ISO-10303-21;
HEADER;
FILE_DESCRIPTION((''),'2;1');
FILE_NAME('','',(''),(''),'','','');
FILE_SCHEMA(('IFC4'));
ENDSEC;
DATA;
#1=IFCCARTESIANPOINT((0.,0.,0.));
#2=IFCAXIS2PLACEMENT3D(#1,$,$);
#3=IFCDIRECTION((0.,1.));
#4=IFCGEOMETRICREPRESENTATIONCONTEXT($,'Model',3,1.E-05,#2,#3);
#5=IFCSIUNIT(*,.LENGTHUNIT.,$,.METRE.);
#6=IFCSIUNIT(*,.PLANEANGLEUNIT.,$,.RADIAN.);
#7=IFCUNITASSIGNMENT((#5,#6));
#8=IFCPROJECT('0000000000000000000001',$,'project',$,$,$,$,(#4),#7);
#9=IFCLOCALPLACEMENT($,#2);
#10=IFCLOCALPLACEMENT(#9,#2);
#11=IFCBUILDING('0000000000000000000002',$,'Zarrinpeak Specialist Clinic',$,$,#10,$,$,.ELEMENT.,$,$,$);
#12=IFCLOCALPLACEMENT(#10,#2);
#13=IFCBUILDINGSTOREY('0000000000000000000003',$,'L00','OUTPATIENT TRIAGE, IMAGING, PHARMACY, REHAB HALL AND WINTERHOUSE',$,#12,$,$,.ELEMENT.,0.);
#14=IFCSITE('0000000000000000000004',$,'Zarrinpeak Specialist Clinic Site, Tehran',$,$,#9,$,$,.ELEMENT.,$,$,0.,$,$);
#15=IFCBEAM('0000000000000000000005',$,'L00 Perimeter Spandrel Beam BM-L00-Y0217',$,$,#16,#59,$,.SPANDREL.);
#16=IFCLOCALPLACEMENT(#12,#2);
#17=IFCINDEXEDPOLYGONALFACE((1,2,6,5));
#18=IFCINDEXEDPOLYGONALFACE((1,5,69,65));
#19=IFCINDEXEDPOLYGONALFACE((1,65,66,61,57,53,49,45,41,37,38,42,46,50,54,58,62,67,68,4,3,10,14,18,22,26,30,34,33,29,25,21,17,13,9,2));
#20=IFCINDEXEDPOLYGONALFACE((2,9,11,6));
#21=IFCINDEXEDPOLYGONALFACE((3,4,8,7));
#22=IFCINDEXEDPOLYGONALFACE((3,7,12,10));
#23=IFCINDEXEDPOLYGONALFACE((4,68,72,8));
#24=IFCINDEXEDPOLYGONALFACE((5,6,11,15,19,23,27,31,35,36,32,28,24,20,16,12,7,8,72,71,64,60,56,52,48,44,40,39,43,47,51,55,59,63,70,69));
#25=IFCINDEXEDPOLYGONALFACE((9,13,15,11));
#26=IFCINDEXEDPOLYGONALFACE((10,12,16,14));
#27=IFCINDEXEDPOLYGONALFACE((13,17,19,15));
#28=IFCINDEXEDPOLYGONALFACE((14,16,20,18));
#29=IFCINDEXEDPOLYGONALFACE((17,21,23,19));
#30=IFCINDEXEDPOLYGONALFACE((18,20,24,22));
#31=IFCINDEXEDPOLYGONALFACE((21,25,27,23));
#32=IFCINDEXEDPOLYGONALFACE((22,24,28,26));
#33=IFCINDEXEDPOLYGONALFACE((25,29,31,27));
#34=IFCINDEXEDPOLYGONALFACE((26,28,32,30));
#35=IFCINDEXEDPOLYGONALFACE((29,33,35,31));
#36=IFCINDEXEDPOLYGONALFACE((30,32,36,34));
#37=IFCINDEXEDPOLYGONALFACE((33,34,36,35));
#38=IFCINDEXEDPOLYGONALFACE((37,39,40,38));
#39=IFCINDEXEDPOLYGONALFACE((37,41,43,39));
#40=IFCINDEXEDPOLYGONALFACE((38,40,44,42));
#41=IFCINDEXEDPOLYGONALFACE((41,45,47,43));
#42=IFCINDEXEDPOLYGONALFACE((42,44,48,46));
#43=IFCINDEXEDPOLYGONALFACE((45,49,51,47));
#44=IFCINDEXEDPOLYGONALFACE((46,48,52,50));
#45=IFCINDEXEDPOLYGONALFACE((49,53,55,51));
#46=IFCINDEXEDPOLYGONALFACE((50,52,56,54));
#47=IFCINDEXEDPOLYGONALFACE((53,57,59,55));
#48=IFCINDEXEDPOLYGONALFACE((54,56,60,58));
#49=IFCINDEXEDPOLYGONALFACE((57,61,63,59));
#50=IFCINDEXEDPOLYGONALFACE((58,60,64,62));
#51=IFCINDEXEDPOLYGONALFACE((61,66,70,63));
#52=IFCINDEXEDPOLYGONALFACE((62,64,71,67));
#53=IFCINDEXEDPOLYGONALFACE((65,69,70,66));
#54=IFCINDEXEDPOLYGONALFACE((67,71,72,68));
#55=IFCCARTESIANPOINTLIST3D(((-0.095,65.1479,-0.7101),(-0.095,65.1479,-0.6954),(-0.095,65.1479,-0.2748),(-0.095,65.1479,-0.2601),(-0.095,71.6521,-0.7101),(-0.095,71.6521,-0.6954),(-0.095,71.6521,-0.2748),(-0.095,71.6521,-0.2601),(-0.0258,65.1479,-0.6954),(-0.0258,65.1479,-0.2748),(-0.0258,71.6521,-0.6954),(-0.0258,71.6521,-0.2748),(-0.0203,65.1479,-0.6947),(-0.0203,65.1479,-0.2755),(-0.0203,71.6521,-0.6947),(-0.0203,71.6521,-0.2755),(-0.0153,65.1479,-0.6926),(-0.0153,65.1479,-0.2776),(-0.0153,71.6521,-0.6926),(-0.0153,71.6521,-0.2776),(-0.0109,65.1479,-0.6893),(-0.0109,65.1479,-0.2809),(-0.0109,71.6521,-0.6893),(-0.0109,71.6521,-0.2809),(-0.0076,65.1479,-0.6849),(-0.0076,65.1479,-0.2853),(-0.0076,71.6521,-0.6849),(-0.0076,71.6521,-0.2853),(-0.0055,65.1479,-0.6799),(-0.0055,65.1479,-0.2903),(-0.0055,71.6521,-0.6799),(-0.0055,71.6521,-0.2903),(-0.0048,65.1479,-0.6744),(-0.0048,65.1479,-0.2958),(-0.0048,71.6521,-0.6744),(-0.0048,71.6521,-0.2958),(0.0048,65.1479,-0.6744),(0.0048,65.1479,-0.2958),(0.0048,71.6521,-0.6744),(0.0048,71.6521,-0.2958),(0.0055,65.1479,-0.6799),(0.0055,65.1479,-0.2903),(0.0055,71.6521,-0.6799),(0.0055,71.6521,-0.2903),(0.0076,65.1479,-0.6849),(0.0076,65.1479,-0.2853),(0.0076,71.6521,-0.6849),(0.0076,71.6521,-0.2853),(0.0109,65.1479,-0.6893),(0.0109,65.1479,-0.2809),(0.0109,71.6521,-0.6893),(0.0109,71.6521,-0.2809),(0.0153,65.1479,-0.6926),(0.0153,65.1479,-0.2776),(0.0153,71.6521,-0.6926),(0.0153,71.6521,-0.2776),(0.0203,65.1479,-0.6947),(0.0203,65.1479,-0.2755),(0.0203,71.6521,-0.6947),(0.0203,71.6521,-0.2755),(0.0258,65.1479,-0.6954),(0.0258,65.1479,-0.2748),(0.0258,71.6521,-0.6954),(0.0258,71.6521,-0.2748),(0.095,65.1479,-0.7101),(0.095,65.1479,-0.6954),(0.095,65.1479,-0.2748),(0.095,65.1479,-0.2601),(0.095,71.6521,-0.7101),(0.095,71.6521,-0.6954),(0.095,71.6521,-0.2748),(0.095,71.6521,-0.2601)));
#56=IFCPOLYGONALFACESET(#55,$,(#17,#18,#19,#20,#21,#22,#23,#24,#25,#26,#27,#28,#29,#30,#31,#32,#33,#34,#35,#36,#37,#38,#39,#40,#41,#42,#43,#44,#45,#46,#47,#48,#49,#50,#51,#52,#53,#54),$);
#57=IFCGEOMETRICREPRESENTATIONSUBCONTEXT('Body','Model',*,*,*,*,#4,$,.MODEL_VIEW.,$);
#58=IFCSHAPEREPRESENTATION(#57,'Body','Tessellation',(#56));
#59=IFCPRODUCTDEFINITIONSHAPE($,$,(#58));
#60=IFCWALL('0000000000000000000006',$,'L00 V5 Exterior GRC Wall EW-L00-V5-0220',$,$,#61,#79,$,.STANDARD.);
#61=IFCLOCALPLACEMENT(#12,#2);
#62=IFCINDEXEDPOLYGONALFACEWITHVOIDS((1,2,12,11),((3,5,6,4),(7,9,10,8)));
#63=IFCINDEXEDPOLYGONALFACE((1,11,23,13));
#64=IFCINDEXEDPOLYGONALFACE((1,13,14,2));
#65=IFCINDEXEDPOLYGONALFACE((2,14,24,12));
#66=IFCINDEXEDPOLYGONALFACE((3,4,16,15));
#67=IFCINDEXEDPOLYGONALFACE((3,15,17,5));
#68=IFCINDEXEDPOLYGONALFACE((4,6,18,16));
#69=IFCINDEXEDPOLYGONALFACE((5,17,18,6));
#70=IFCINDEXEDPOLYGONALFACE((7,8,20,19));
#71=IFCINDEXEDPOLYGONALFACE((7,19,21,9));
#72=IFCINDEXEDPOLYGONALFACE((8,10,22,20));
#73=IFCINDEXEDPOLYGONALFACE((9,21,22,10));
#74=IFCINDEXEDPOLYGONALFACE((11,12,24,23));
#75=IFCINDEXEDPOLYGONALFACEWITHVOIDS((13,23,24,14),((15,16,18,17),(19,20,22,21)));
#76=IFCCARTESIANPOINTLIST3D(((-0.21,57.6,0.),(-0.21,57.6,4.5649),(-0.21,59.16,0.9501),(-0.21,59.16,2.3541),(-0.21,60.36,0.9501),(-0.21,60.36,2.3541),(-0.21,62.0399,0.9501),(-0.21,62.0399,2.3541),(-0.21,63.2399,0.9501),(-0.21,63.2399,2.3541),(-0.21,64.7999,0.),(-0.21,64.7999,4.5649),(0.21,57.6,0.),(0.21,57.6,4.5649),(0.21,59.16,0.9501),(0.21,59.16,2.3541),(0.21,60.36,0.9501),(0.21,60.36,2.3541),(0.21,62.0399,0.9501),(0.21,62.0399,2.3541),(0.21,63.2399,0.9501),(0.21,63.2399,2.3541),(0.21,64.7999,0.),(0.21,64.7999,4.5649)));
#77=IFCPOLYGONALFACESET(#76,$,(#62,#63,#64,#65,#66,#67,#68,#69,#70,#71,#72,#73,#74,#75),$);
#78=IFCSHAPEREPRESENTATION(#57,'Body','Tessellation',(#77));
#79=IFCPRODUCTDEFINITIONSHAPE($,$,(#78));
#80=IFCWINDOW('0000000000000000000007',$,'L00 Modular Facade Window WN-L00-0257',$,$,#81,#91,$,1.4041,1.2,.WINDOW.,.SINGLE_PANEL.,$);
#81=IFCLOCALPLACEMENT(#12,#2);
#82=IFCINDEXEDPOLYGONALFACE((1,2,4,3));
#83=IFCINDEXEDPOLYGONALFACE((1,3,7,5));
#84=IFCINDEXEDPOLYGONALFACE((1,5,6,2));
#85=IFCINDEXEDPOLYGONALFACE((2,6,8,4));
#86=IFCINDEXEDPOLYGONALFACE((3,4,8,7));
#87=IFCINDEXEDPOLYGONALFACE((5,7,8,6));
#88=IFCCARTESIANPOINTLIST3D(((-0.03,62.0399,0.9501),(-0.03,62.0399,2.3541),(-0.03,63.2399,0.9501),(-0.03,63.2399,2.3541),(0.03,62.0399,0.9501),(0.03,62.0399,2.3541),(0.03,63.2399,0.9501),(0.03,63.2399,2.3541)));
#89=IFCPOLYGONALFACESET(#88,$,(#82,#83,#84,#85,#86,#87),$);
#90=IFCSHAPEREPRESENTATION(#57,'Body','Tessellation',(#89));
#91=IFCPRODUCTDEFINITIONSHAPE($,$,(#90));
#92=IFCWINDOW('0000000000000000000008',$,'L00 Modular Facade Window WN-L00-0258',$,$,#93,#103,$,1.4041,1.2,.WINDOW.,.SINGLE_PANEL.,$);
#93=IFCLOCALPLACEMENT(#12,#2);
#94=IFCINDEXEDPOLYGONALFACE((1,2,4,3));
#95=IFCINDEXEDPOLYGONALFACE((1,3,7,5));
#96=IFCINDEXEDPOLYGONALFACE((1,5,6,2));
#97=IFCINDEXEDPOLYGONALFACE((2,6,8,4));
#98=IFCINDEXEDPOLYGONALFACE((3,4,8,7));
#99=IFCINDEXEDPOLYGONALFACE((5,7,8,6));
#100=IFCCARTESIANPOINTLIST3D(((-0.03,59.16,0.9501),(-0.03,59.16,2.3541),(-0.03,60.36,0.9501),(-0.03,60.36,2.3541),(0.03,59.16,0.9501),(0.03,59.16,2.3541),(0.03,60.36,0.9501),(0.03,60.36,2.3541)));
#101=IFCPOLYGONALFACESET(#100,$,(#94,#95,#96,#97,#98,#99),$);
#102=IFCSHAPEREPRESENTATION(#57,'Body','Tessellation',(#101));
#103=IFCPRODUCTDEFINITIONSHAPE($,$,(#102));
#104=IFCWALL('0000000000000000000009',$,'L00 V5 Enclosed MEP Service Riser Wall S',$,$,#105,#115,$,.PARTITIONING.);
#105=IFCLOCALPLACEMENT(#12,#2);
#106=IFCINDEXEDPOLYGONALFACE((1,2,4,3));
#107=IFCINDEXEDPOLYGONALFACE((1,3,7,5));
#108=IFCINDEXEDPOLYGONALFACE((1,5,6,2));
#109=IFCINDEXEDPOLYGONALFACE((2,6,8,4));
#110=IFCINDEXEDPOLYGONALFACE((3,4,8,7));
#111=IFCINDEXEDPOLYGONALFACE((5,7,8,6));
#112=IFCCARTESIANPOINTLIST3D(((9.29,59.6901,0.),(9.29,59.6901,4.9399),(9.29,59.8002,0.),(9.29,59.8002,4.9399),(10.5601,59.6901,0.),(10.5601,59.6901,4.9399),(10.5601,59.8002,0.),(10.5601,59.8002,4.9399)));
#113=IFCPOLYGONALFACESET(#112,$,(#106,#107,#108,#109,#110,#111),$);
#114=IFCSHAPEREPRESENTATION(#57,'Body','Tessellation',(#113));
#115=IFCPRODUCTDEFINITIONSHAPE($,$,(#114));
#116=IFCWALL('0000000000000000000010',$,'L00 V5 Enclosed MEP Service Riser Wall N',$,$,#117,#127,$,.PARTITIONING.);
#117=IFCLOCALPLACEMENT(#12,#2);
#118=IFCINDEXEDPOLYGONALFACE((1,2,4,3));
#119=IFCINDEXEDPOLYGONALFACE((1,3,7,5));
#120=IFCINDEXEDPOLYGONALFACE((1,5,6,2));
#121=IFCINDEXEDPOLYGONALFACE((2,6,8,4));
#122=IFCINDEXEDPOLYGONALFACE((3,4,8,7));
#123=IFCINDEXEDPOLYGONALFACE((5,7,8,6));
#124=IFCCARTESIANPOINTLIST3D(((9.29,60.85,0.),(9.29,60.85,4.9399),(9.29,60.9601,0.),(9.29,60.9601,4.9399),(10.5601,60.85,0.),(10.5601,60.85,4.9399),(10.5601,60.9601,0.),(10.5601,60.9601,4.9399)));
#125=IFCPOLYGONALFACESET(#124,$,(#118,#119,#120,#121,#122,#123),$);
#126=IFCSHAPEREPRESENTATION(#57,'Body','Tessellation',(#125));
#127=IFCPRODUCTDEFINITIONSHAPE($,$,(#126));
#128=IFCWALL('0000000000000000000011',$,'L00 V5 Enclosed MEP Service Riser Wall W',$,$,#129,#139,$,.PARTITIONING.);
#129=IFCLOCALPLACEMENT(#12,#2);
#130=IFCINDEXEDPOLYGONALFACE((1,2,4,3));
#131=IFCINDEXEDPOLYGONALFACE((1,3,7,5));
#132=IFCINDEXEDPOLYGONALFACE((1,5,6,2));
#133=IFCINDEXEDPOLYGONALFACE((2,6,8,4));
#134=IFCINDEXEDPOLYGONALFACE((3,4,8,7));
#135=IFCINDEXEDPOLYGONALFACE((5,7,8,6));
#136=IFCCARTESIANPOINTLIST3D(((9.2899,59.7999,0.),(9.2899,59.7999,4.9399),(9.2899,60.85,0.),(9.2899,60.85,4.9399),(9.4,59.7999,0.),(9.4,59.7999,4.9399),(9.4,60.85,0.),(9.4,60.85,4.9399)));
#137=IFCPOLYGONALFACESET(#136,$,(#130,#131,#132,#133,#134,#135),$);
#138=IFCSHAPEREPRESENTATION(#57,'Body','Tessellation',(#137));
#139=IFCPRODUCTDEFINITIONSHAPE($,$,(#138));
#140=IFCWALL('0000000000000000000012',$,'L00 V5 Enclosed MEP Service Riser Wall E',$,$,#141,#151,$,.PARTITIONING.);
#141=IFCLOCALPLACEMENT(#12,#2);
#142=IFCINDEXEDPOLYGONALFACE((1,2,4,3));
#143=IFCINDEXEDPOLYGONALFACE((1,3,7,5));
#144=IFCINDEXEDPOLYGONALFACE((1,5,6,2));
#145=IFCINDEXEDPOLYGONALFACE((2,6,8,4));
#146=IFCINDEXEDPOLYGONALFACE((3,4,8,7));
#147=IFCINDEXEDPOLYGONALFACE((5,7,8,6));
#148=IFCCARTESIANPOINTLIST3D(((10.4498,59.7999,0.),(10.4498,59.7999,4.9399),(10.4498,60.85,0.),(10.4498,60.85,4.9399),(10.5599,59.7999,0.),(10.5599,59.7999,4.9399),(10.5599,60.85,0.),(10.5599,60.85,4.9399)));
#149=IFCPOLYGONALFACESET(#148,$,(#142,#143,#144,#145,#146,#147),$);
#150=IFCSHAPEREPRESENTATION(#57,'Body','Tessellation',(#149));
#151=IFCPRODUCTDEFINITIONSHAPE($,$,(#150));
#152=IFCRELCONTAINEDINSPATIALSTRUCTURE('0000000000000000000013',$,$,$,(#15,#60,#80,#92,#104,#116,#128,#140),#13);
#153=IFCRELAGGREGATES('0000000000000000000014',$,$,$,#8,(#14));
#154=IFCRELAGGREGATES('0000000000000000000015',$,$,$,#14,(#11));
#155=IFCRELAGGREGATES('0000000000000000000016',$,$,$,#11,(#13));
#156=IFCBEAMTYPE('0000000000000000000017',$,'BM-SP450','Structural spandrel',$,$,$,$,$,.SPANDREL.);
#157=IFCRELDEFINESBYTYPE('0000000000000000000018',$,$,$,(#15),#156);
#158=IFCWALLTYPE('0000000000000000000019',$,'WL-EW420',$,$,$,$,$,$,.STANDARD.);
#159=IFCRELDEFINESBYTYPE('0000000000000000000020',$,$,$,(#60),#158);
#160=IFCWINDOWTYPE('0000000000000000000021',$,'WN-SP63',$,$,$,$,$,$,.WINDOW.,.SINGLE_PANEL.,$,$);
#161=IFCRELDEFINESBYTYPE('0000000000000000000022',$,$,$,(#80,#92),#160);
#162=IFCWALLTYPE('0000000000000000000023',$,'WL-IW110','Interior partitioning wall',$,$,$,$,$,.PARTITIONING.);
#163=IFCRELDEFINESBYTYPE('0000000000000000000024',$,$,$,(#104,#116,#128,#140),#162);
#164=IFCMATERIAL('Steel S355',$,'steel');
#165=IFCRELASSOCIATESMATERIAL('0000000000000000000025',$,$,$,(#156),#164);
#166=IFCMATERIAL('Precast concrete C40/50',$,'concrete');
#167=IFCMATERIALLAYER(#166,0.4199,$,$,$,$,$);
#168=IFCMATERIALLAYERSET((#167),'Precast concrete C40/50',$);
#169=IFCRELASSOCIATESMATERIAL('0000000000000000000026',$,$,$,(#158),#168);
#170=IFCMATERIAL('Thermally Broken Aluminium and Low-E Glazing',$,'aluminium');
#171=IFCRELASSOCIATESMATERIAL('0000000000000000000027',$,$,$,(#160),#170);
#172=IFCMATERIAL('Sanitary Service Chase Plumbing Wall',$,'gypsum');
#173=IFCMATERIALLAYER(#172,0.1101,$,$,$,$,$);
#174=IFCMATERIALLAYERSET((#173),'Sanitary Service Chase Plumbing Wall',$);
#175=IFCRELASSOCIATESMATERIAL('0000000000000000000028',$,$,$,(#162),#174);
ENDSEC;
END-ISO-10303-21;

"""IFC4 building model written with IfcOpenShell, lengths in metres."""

from ifc_helpers import new_model, si_unit, direction, frame, frame_2d, origin, origin_2d, place, context, subcontext, project, spatial, rectangle, i_section, extrude, material, layer, layer_set, material_profile, profile_set, type_object, element, fill, save


model = new_model("IFC4")

# Units and contexts
model_context = context("Model", 3, precision=1e-05, world=origin(), true_north=direction((0.0, 1.0)))
body_context = subcontext(model_context, "Body", "Model", "MODEL_VIEW")
ifc_project = project(units=[si_unit("LENGTHUNIT", "METRE"), si_unit("PLANEANGLEUNIT", "RADIAN")], contexts=[model_context])

# Site, building, storey
site_placement = place(None, origin())
site = spatial("IfcSite", under=ifc_project, at=site_placement, Name="Zarrinpeak Specialist Clinic Site, Tehran", CompositionType="ELEMENT", RefElevation=0.0)
building_placement = place(site_placement, origin())
building = spatial("IfcBuilding", under=site, at=building_placement, Name="Zarrinpeak Specialist Clinic", CompositionType="ELEMENT")
storey_placement = place(building_placement, origin())
storey = spatial("IfcBuildingStorey", under=building, at=storey_placement, Name="L00", Description="OUTPATIENT TRIAGE, IMAGING, PHARMACY, REHAB HALL AND WINTERHOUSE", CompositionType="ELEMENT", Elevation=0.0)

# Shared definitions
ifc_material_1 = material(Name="Steel S355", Category="steel")

# Beam
ifc_material_profile_1 = material_profile(ifc_material_1, i_section(OverallWidth=0.1899, OverallDepth=0.45, WebThickness=0.0095, FlangeThickness=0.0146, FilletRadius=0.021, at=origin_2d()), Name="IPE 450")
ifc_profile_set_1 = profile_set([ifc_material_profile_1], Name="Steel S355")
beam_type_1 = type_object("IfcBeamType", Name="BM-SP450", Description="Structural spandrel", PredefinedType="SPANDREL", material=ifc_profile_set_1)
beam_1_placement = place(storey_placement, frame((0.0, 65.1479, -0.4851), z_axis=(0.0, 1.0, 0.0), x_axis=(-1.0, 0.0, 0.0)))
element("IfcBeam", 1, at=beam_1_placement, inside=storey, type_object=beam_type_1, Name="L00 Perimeter Spandrel Beam BM-L00-Y0217", PredefinedType="SPANDREL", context=body_context, shape_type="SweptSolid", body=[
    extrude(i_section(OverallWidth=0.1899, OverallDepth=0.45, WebThickness=0.0095, FlangeThickness=0.0146, FilletRadius=0.021, at=origin_2d()), origin(), (0.0, 0.0, 1.0), 6.5042),
])

# Wall, openings, windows
ifc_material_2 = material(Name="Precast concrete C40/50", Category="concrete")
ifc_layer_1 = layer(ifc_material_2, 0.4199)
ifc_layer_set_1 = layer_set([ifc_layer_1], Name="Precast concrete C40/50")
wall_type_1 = type_object("IfcWallType", Name="WL-EW420", PredefinedType="STANDARD", material=ifc_layer_set_1)
wall_1_placement = place(storey_placement, frame((0.0, 64.8, 0.0), z_axis=(0.0, 0.0, 1.0), x_axis=(0.0, -1.0, 0.0)))
wall_1 = element("IfcWall", 2, at=wall_1_placement, inside=storey, type_object=wall_type_1, Name="L00 V5 Exterior GRC Wall EW-L00-V5-0220", PredefinedType="STANDARD", context=body_context, shape_type="SweptSolid", body=[
    extrude(rectangle(XDim=7.2, YDim=0.4199, at=frame_2d((3.6001, 0.0))), origin(), (0.0, 0.0, 1.0), 4.5649),
])
opening_1_placement = place(wall_1_placement, frame((1.5601, 0.0, 0.95)))
opening_1 = element("IfcOpeningElement", 3, at=opening_1_placement, cuts=wall_1, PredefinedType="OPENING", context=body_context, shape_type="SweptSolid", body=[
    extrude(rectangle(XDim=1.2, YDim=1.4041, at=frame_2d((0.6001, 0.7021))), frame((0.0, 0.22, 0.0), z_axis=(0.0, -1.0, 0.0), x_axis=(1.0, 0.0, 0.0)), (0.0, 0.0, 1.0), 0.4399),
])
opening_2_placement = place(wall_1_placement, frame((4.4399, 0.0, 0.95)))
opening_2 = element("IfcOpeningElement", 4, at=opening_2_placement, cuts=wall_1, PredefinedType="OPENING", context=body_context, shape_type="SweptSolid", body=[
    extrude(rectangle(XDim=1.2, YDim=1.4041, at=frame_2d((0.6001, 0.7021))), frame((0.0, 0.22, 0.0), z_axis=(0.0, -1.0, 0.0), x_axis=(1.0, 0.0, 0.0)), (0.0, 0.0, 1.0), 0.4399),
])
ifc_material_3 = material(Name="Thermally Broken Aluminium and Low-E Glazing", Category="aluminium")
window_type = type_object("IfcWindowType", Name="WN-SP63", PartitioningType="SINGLE_PANEL", PredefinedType="WINDOW", material=ifc_material_3)
window_1_placement = place(opening_1_placement, origin())
window_1 = element("IfcWindow", 5, at=window_1_placement, inside=storey, type_object=window_type, Name="L00 Modular Facade Window WN-L00-0257", OverallHeight=1.4041, OverallWidth=1.2, PartitioningType="SINGLE_PANEL", PredefinedType="WINDOW", context=body_context, shape_type="SweptSolid", body=[
    extrude(rectangle(XDim=1.2, YDim=1.4041, at=frame_2d((0.6001, 0.7021))), frame((0.0, 0.03, 0.0), z_axis=(0.0, -1.0, 0.0), x_axis=(1.0, 0.0, 0.0)), (0.0, 0.0, 1.0), 0.0601),
])
fill(opening_1, window_1)
window_2_placement = place(opening_2_placement, origin())
window_2 = element("IfcWindow", 6, at=window_2_placement, inside=storey, type_object=window_type, Name="L00 Modular Facade Window WN-L00-0258", OverallHeight=1.4041, OverallWidth=1.2, PartitioningType="SINGLE_PANEL", PredefinedType="WINDOW", context=body_context, shape_type="SweptSolid", body=[
    extrude(rectangle(XDim=1.2, YDim=1.4041, at=frame_2d((0.6001, 0.7021))), frame((0.0, 0.03, 0.0), z_axis=(0.0, -1.0, 0.0), x_axis=(1.0, 0.0, 0.0)), (0.0, 0.0, 1.0), 0.0601),
])
fill(opening_2, window_2)

# Walls
ifc_material_4 = material(Name="Sanitary Service Chase Plumbing Wall", Category="gypsum")
ifc_layer_2 = layer(ifc_material_4, 0.1101)
ifc_layer_set_2 = layer_set([ifc_layer_2], Name="Sanitary Service Chase Plumbing Wall")
wall_type_2 = type_object("IfcWallType", Name="WL-IW110", Description="Interior partitioning wall", PredefinedType="PARTITIONING", material=ifc_layer_set_2)
for number, where, z_axis, x_axis, name in (
    (7, (9.29, 59.7451, 0.0), (0.0, 0.0, 1.0), (1.0, 0.0, 0.0), "L00 V5 Enclosed MEP Service Riser Wall S"),
    (8, (9.29, 60.905, 0.0), (0.0, 0.0, 1.0), (1.0, 0.0, 0.0), "L00 V5 Enclosed MEP Service Riser Wall N"),
):
    element("IfcWall", number, at=place(storey_placement, frame(where, z_axis=z_axis, x_axis=x_axis)), inside=storey, type_object=wall_type_2, Name=name, PredefinedType="PARTITIONING", context=body_context, shape_type="SweptSolid", body=[
        extrude(rectangle(XDim=1.27, YDim=0.1101, at=frame_2d((0.635, 0.0))), origin(), (0.0, 0.0, 1.0), 4.9399),
    ])
for number, where, z_axis, x_axis, name in (
    (9, (9.345, 59.8, 0.0), (0.0, 0.0, 1.0), (0.0, 1.0, 0.0), "L00 V5 Enclosed MEP Service Riser Wall W"),
    (10, (10.5049, 59.8, 0.0), (0.0, 0.0, 1.0), (0.0, 1.0, 0.0), "L00 V5 Enclosed MEP Service Riser Wall E"),
):
    element("IfcWall", number, at=place(storey_placement, frame(where, z_axis=z_axis, x_axis=x_axis)), inside=storey, type_object=wall_type_2, Name=name, PredefinedType="PARTITIONING", context=body_context, shape_type="SweptSolid", body=[
        extrude(rectangle(XDim=1.05, YDim=0.1101, at=frame_2d((0.5249, 0.0))), origin(), (0.0, 0.0, 1.0), 4.9399),
    ])

save(model, "model.ifc")
